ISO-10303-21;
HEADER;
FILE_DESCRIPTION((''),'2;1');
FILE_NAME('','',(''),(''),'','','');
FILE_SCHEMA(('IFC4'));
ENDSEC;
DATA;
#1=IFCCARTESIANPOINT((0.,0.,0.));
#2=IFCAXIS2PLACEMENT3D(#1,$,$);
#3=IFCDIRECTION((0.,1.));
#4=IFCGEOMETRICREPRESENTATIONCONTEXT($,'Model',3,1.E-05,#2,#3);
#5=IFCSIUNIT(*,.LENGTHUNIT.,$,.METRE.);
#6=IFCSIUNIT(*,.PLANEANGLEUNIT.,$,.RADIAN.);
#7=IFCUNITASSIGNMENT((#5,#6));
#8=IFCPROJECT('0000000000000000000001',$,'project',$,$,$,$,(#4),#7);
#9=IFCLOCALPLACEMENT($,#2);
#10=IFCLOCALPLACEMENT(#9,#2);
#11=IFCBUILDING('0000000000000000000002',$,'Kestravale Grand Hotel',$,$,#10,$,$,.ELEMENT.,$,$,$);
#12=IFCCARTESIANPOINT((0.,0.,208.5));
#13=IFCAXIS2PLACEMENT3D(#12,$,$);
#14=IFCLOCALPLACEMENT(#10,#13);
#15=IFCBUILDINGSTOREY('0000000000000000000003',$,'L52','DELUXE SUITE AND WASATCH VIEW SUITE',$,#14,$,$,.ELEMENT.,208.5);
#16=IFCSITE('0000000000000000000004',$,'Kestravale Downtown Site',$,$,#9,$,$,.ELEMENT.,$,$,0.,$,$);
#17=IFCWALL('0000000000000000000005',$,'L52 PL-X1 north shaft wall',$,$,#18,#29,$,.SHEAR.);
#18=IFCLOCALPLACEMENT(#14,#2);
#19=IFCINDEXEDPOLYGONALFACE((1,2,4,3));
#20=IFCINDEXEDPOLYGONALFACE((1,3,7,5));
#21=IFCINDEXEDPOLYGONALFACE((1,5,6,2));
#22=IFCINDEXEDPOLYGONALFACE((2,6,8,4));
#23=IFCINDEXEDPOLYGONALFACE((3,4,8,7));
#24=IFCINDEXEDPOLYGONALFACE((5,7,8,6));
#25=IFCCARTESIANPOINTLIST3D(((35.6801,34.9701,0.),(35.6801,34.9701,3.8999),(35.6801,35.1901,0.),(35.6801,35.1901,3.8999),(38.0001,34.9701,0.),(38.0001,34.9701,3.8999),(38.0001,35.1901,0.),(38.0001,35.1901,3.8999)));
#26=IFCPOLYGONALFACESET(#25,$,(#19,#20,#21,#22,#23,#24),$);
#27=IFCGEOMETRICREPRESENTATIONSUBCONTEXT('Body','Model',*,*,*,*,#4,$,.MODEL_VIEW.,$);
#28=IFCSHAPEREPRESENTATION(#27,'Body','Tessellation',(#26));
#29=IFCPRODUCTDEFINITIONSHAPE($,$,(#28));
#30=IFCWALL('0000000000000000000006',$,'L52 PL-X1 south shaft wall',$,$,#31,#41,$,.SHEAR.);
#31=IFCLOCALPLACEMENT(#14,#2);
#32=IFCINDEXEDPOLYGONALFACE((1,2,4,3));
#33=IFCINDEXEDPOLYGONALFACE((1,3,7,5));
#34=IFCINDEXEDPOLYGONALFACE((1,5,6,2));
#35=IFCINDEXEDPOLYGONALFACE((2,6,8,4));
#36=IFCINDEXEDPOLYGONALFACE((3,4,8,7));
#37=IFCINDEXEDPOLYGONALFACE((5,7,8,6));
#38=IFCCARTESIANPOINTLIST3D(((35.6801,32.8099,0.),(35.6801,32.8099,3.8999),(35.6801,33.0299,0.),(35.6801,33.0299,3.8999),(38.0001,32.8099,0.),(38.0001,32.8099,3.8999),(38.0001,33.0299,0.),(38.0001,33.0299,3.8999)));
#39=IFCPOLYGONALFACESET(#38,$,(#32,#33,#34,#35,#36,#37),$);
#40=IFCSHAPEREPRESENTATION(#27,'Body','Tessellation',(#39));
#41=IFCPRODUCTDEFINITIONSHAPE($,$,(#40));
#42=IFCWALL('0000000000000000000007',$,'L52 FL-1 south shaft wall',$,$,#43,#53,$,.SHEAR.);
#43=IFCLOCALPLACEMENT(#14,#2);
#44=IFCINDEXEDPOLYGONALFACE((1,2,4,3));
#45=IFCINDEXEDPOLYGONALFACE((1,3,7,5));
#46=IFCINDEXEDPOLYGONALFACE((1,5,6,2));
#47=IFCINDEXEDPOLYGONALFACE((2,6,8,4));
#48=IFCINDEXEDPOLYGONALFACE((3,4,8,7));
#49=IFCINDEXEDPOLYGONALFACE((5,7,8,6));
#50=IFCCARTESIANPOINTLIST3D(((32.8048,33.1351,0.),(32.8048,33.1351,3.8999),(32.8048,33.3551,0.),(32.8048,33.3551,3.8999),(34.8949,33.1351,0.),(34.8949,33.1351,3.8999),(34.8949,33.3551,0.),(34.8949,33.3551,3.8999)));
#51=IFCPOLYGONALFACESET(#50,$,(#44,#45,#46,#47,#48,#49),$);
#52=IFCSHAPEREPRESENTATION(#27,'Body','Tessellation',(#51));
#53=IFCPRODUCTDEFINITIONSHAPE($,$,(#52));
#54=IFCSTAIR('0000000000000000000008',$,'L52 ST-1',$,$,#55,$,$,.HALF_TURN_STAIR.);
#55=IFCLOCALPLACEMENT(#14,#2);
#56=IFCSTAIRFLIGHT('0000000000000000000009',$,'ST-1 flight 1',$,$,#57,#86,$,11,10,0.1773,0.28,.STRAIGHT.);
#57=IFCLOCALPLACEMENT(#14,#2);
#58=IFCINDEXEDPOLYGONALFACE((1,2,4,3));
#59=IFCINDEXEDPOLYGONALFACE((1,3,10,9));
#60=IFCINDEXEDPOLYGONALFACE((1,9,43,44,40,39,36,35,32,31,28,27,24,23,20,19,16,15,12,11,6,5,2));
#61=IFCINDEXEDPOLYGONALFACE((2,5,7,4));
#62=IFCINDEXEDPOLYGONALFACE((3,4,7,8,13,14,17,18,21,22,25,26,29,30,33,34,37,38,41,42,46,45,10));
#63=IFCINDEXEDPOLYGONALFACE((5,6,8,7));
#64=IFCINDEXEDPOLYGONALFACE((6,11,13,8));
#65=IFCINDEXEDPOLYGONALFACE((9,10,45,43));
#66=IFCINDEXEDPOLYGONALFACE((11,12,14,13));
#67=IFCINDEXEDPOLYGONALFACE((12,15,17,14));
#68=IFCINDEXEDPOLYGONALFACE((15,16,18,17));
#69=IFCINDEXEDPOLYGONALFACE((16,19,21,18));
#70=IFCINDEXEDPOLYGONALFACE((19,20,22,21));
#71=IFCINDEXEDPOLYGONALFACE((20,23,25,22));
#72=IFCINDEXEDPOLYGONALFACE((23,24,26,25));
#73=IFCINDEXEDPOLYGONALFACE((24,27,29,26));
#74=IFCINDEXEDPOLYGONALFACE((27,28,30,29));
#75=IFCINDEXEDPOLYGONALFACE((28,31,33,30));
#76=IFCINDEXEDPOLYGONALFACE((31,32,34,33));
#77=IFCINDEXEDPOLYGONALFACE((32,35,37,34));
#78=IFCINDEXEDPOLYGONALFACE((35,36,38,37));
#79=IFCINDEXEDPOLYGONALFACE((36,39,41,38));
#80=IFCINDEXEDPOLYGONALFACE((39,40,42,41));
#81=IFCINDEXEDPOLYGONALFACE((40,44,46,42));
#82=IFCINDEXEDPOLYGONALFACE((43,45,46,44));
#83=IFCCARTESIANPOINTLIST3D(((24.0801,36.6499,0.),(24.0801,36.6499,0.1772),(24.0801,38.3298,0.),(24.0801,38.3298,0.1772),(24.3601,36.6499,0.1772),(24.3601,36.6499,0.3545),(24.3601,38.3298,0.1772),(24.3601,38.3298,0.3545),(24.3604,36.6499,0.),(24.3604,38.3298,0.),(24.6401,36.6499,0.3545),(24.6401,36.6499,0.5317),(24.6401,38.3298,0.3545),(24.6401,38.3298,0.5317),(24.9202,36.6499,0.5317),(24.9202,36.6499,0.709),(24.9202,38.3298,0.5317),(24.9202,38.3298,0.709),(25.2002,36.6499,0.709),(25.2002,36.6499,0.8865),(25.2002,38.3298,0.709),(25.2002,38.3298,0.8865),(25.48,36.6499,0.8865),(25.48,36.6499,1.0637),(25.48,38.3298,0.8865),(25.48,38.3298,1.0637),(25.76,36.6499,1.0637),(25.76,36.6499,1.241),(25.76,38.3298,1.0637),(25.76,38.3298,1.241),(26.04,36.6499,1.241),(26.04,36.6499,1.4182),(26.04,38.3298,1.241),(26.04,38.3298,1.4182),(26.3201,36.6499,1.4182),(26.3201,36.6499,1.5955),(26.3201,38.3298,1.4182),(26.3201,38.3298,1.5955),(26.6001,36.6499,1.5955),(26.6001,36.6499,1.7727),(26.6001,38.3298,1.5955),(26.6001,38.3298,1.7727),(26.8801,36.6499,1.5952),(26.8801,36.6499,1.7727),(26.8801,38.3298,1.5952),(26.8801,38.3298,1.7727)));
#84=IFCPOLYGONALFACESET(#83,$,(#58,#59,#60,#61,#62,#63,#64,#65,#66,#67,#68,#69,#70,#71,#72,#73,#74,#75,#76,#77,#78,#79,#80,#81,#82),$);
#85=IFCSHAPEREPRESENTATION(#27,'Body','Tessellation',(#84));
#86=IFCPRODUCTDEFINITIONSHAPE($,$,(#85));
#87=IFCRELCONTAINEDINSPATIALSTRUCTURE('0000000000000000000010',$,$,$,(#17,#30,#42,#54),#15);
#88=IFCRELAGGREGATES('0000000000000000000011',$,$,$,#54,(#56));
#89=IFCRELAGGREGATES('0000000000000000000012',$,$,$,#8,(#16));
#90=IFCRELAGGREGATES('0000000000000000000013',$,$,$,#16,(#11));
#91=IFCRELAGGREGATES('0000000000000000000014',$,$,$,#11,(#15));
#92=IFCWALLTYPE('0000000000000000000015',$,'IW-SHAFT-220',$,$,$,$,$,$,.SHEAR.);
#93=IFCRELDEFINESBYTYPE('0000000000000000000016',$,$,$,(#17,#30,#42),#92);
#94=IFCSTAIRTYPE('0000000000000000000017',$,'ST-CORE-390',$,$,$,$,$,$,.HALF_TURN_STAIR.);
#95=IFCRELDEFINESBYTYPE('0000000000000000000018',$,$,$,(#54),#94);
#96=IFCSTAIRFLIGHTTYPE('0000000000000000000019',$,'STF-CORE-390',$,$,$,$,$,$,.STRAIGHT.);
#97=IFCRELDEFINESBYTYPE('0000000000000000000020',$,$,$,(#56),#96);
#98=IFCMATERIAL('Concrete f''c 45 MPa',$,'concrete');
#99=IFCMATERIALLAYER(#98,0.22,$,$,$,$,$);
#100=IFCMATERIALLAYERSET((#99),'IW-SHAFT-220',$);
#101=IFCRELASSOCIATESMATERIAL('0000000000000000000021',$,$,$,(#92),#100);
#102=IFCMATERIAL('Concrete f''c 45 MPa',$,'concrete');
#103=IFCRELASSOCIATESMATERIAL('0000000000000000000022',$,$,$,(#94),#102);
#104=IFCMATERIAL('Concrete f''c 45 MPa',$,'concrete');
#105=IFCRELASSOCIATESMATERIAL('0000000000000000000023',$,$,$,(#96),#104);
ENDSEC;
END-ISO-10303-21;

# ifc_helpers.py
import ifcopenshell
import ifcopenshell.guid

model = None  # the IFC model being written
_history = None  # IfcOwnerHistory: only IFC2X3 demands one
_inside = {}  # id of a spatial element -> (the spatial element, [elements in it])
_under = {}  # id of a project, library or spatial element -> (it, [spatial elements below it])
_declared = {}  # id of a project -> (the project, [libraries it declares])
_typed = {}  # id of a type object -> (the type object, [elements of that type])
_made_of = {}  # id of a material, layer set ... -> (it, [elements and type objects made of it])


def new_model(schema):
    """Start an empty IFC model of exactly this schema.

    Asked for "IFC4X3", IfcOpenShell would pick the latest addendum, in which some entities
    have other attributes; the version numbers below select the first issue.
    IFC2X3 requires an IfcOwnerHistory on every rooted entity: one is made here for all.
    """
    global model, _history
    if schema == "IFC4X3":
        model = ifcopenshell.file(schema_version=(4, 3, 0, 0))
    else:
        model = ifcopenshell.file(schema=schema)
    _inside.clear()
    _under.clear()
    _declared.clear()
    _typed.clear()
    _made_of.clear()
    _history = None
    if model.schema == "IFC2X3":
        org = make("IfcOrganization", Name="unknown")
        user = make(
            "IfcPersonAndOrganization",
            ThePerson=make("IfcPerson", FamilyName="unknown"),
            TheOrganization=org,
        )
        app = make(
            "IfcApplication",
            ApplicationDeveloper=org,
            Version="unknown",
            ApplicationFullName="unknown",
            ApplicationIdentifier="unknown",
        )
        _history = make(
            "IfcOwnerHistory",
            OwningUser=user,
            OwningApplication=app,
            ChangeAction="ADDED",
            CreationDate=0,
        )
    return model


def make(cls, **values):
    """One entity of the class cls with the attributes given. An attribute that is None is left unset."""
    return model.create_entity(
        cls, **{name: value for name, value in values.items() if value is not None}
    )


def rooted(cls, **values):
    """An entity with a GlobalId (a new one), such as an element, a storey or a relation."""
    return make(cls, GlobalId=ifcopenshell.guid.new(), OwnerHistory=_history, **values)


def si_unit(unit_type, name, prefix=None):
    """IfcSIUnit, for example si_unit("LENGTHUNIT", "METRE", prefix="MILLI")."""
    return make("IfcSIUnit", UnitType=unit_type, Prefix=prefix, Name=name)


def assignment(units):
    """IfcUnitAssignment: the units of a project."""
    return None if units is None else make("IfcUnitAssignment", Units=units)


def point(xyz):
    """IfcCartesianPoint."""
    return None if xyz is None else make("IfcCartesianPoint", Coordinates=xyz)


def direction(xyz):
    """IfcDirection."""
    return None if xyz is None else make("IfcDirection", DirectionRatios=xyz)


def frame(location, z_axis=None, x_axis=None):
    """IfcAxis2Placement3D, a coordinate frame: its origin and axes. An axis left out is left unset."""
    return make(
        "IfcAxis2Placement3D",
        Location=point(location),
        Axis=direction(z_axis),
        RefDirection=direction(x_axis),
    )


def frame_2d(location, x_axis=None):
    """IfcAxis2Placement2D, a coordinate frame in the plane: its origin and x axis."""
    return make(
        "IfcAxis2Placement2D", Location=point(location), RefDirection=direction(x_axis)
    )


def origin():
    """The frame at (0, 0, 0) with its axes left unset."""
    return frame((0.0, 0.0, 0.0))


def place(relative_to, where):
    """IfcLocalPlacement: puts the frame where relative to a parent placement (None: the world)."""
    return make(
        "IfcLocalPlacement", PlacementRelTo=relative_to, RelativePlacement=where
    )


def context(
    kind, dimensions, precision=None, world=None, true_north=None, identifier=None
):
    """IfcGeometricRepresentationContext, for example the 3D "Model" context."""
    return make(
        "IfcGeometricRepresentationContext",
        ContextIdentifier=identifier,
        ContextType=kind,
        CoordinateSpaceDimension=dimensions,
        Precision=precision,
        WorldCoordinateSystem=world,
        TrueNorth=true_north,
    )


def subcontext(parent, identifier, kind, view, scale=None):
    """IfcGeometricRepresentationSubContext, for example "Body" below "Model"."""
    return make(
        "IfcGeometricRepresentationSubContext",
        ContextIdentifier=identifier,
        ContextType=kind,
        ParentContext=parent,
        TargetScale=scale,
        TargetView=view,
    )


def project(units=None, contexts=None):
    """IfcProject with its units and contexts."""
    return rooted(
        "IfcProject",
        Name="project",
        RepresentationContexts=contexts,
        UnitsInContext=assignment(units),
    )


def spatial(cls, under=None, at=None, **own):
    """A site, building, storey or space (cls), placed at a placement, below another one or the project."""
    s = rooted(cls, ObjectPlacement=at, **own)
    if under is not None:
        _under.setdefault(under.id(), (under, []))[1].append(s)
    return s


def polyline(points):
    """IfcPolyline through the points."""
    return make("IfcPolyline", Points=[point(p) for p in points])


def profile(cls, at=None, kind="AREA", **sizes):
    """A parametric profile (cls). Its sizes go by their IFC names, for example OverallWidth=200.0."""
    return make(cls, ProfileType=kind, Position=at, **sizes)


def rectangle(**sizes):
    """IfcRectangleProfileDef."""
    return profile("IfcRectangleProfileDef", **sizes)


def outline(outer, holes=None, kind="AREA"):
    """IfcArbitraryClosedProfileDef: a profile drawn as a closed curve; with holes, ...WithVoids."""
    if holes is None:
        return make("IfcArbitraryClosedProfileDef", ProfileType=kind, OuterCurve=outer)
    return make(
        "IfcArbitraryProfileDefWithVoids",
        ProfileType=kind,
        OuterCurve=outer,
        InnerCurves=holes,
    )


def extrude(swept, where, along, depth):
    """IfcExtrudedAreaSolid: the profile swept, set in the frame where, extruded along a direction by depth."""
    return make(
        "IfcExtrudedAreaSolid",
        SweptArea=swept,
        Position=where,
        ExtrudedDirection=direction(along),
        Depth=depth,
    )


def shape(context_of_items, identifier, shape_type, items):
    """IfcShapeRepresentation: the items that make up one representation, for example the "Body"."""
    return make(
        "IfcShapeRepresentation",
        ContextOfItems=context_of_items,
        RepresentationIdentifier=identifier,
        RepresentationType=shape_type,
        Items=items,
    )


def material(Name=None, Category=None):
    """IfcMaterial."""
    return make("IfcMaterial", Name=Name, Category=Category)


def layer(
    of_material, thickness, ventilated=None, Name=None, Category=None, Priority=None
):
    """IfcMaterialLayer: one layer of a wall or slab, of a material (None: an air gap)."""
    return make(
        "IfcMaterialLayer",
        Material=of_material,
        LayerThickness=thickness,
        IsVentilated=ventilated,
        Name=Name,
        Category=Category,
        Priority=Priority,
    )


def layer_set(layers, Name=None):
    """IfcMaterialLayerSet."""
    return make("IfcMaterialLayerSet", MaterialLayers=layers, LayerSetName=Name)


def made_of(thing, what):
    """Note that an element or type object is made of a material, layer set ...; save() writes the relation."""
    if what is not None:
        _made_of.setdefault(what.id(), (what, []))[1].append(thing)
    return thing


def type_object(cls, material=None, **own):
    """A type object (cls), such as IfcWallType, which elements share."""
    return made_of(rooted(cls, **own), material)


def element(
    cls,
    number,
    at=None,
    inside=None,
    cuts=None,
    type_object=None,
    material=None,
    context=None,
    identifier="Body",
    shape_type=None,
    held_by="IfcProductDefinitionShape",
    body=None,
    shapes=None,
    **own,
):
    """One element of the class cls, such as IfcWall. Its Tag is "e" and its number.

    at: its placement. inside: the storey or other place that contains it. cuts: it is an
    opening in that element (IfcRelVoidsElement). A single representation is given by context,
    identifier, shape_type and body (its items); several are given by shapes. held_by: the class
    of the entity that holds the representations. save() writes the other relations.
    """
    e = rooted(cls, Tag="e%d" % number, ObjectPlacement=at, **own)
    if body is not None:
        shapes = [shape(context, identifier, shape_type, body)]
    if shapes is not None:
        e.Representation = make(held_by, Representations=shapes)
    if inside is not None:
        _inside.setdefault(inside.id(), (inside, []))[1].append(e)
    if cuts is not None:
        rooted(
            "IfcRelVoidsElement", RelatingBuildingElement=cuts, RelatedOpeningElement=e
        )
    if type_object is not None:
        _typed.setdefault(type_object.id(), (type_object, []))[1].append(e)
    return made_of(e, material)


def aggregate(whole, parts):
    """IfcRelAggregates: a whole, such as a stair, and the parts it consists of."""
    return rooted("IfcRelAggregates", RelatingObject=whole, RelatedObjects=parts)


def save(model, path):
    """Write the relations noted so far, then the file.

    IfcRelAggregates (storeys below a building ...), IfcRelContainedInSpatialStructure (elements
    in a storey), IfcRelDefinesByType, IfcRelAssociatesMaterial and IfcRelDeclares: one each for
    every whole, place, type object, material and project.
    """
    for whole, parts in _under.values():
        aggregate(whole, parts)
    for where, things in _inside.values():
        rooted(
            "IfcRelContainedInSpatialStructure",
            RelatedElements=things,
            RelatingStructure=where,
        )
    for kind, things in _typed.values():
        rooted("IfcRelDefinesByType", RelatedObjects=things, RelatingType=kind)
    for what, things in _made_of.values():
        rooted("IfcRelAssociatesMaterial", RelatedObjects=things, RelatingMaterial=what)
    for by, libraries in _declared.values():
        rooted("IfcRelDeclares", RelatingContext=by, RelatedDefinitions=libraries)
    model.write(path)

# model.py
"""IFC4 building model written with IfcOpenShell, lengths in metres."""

from ifc_helpers import new_model, si_unit, direction, frame, frame_2d, origin, place, context, subcontext, project, spatial, polyline, rectangle, outline, extrude, material, layer, layer_set, type_object, element, aggregate, save


model = new_model("IFC4")

# Units and contexts
model_context = context("Model", 3, precision=1e-05, world=origin(), true_north=direction((0.0, 1.0)))
body_context = subcontext(model_context, "Body", "Model", "MODEL_VIEW")
ifc_project = project(units=[si_unit("LENGTHUNIT", "METRE"), si_unit("PLANEANGLEUNIT", "RADIAN")], contexts=[model_context])

# Site, building, storey
site_placement = place(None, origin())
site = spatial("IfcSite", under=ifc_project, at=site_placement, Name="Kestravale Downtown Site", CompositionType="ELEMENT", RefElevation=0.0)
building_placement = place(site_placement, origin())
building = spatial("IfcBuilding", under=site, at=building_placement, Name="Kestravale Grand Hotel", CompositionType="ELEMENT")
storey_placement = place(building_placement, frame((0.0, 0.0, 208.5)))
storey = spatial("IfcBuildingStorey", under=building, at=storey_placement, Name="L52", Description="DELUXE SUITE AND WASATCH VIEW SUITE", CompositionType="ELEMENT", Elevation=208.5)

# Walls
ifc_material_1 = material(Name="Concrete f'c 45 MPa", Category="concrete")
ifc_layer_1 = layer(ifc_material_1, 0.22)
ifc_layer_set_1 = layer_set([ifc_layer_1], Name="IW-SHAFT-220")
wall_type_1 = type_object("IfcWallType", Name="IW-SHAFT-220", PredefinedType="SHEAR", material=ifc_layer_set_1)
for number, where, z_axis, x_axis, name in (
    (1, (35.6799, 35.0801, 0.0), (0.0, 0.0, 1.0), (1.0, 0.0, 0.0), "L52 PL-X1 north shaft wall"),
    (2, (35.6799, 32.9199, 0.0), (0.0, 0.0, 1.0), (1.0, 0.0, 0.0), "L52 PL-X1 south shaft wall"),
):
    element("IfcWall", number, at=place(storey_placement, frame(where, z_axis=z_axis, x_axis=x_axis)), inside=storey, type_object=wall_type_1, Name=name, PredefinedType="SHEAR", context=body_context, shape_type="SweptSolid", body=[
        extrude(rectangle(XDim=2.3201, YDim=0.22, at=frame_2d((1.1602, 0.0))), origin(), (0.0, 0.0, 1.0), 3.8999),
    ])

# Wall
wall_1_placement = place(storey_placement, frame((32.8049, 33.2451, 0.0), z_axis=(0.0, 0.0, 1.0), x_axis=(1.0, 0.0, 0.0)))
element("IfcWall", 3, at=wall_1_placement, inside=storey, type_object=wall_type_1, Name="L52 FL-1 south shaft wall", PredefinedType="SHEAR", context=body_context, shape_type="SweptSolid", body=[
    extrude(rectangle(XDim=2.0901, YDim=0.22, at=frame_2d((1.0449, 0.0))), origin(), (0.0, 0.0, 1.0), 3.8999),
])

# Stair, stair flight
ifc_material_2 = material(Name="Concrete f'c 45 MPa", Category="concrete")
stair_type = type_object("IfcStairType", Name="ST-CORE-390", PredefinedType="HALF_TURN_STAIR", material=ifc_material_2)
stair_placement = place(storey_placement, origin())
stair = element("IfcStair", 4, at=stair_placement, inside=storey, type_object=stair_type, Name="L52 ST-1", PredefinedType="HALF_TURN_STAIR")
ifc_material_3 = material(Name="Concrete f'c 45 MPa", Category="concrete")
stair_flight_type = type_object("IfcStairFlightType", Name="STF-CORE-390", PredefinedType="STRAIGHT", material=ifc_material_3)
stair_flight_placement = place(storey_placement, frame((24.0801, 37.49, 0.0), z_axis=(0.0, 0.0, 1.0), x_axis=(1.0, 0.0, 0.0)))
stair_flight = element("IfcStairFlight", 5, at=stair_flight_placement, type_object=stair_flight_type, Name="ST-1 flight 1", NumberOfRisers=11, NumberOfTreads=10, PredefinedType="STRAIGHT", RiserHeight=0.1773, TreadLength=0.28, context=body_context, shape_type="SweptSolid", body=[
    extrude(outline(polyline([(0.0, 0.0), (0.0, 0.1772), (0.28, 0.1772), (0.28, 0.3545), (0.5601, 0.3545), (0.5601, 0.5317), (0.8401, 0.5317), (0.8401, 0.709), (1.1201, 0.709), (1.1201, 0.8865), (1.3999, 0.8865), (1.3999, 1.0637), (1.6799, 1.0637), (1.6799, 1.241), (1.96, 1.241), (1.96, 1.4182), (2.24, 1.4182), (2.24, 1.5955), (2.52, 1.5955), (2.52, 1.7727), (2.8, 1.7727), (2.8, 1.95), (2.8, 1.5952), (0.2803, 0.0), (0.0, 0.0)])), frame((0.0, 0.8398, 0.0), z_axis=(0.0, -1.0, 0.0), x_axis=(1.0, 0.0, 0.0)), (0.0, 0.0, 1.0), 1.6799),
])
aggregate(stair, [stair_flight])

save(model, "model.ifc")
